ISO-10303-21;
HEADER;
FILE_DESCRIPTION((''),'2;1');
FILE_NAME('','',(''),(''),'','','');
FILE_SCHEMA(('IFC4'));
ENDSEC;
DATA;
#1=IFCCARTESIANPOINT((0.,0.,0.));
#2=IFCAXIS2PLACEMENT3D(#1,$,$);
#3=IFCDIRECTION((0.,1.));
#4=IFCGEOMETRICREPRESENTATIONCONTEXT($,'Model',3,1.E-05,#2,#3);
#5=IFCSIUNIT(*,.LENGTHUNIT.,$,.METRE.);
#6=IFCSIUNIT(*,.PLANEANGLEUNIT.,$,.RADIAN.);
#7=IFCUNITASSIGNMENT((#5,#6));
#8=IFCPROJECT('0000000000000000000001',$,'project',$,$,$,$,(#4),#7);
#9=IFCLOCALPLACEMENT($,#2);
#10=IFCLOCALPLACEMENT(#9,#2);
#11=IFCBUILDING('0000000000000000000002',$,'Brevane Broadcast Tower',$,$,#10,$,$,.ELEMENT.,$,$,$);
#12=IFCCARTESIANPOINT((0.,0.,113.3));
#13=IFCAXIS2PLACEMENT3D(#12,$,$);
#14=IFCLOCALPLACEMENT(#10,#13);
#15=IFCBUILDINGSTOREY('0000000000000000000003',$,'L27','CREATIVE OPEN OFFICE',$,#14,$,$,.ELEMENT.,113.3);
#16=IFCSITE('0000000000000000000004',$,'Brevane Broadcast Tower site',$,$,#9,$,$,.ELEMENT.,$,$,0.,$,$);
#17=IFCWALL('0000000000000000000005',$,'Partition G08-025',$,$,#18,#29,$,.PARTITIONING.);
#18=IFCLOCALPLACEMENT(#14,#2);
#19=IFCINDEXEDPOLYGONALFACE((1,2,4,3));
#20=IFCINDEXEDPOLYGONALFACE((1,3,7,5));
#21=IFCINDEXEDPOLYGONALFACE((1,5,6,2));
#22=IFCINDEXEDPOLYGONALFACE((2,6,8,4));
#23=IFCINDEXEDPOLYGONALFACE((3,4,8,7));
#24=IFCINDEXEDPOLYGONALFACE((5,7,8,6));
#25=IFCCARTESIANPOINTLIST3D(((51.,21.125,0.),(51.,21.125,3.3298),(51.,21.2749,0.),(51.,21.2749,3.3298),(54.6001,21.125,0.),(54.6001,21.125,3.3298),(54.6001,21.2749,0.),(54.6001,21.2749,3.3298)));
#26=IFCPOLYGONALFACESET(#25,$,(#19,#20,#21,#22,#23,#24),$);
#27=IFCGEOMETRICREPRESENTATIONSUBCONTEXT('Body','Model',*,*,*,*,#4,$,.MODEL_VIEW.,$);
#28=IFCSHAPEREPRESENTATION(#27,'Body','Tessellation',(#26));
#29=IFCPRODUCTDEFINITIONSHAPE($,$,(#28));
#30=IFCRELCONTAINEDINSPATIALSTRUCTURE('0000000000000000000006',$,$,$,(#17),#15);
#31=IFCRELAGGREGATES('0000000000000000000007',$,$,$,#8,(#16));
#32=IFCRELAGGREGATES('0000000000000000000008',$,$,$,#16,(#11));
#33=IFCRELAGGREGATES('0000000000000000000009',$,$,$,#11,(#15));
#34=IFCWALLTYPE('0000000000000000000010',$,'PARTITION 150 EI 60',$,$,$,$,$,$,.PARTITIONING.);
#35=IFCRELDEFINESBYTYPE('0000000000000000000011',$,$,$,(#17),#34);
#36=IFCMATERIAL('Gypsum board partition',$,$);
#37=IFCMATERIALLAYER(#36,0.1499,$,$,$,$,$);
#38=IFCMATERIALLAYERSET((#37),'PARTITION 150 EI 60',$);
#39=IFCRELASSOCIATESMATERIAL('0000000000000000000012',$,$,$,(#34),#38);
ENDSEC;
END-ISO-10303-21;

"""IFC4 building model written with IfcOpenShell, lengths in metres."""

from ifc_helpers import new_model, si_unit, direction, frame, frame_2d, origin, place, context, subcontext, project, spatial, rectangle, extrude, material, layer, layer_set, type_object, element, save


model = new_model("IFC4")

# Units and contexts
model_context = context("Model", 3, precision=1e-05, world=origin(), true_north=direction((0.0, 1.0)))
body_context = subcontext(model_context, "Body", "Model", "MODEL_VIEW")
ifc_project = project(units=[si_unit("LENGTHUNIT", "METRE"), si_unit("PLANEANGLEUNIT", "RADIAN")], contexts=[model_context])

# Site, building, storey
site_placement = place(None, origin())
site = spatial("IfcSite", under=ifc_project, at=site_placement, Name="Brevane Broadcast Tower site", CompositionType="ELEMENT", RefElevation=0.0)
building_placement = place(site_placement, origin())
building = spatial("IfcBuilding", under=site, at=building_placement, Name="Brevane Broadcast Tower", CompositionType="ELEMENT")
storey_placement = place(building_placement, frame((0.0, 0.0, 113.3)))
storey = spatial("IfcBuildingStorey", under=building, at=storey_placement, Name="L27", Description="CREATIVE OPEN OFFICE", CompositionType="ELEMENT", Elevation=113.3)

# Shared definitions
ifc_material_1 = material(Name="Gypsum board partition")

# Shared definitions
ifc_layer_1 = layer(ifc_material_1, 0.1499)
ifc_layer_set_1 = layer_set([ifc_layer_1], Name="PARTITION 150 EI 60")
wall_type_1 = type_object("IfcWallType", Name="PARTITION 150 EI 60", PredefinedType="PARTITIONING", material=ifc_layer_set_1)

# Wall
wall_1_placement = place(storey_placement, frame((51.0, 21.2, 0.0), z_axis=(0.0, 0.0, 1.0), x_axis=(1.0, 0.0, 0.0)))
element("IfcWall", 1, at=wall_1_placement, inside=storey, type_object=wall_type_1, Name="Partition G08-025", PredefinedType="PARTITIONING", context=body_context, shape_type="SweptSolid", body=[
    extrude(rectangle(XDim=3.6001, YDim=0.1499, at=frame_2d((1.8, 0.0))), origin(), (0.0, 0.0, 1.0), 3.3298),
])

save(model, "model.ifc")
